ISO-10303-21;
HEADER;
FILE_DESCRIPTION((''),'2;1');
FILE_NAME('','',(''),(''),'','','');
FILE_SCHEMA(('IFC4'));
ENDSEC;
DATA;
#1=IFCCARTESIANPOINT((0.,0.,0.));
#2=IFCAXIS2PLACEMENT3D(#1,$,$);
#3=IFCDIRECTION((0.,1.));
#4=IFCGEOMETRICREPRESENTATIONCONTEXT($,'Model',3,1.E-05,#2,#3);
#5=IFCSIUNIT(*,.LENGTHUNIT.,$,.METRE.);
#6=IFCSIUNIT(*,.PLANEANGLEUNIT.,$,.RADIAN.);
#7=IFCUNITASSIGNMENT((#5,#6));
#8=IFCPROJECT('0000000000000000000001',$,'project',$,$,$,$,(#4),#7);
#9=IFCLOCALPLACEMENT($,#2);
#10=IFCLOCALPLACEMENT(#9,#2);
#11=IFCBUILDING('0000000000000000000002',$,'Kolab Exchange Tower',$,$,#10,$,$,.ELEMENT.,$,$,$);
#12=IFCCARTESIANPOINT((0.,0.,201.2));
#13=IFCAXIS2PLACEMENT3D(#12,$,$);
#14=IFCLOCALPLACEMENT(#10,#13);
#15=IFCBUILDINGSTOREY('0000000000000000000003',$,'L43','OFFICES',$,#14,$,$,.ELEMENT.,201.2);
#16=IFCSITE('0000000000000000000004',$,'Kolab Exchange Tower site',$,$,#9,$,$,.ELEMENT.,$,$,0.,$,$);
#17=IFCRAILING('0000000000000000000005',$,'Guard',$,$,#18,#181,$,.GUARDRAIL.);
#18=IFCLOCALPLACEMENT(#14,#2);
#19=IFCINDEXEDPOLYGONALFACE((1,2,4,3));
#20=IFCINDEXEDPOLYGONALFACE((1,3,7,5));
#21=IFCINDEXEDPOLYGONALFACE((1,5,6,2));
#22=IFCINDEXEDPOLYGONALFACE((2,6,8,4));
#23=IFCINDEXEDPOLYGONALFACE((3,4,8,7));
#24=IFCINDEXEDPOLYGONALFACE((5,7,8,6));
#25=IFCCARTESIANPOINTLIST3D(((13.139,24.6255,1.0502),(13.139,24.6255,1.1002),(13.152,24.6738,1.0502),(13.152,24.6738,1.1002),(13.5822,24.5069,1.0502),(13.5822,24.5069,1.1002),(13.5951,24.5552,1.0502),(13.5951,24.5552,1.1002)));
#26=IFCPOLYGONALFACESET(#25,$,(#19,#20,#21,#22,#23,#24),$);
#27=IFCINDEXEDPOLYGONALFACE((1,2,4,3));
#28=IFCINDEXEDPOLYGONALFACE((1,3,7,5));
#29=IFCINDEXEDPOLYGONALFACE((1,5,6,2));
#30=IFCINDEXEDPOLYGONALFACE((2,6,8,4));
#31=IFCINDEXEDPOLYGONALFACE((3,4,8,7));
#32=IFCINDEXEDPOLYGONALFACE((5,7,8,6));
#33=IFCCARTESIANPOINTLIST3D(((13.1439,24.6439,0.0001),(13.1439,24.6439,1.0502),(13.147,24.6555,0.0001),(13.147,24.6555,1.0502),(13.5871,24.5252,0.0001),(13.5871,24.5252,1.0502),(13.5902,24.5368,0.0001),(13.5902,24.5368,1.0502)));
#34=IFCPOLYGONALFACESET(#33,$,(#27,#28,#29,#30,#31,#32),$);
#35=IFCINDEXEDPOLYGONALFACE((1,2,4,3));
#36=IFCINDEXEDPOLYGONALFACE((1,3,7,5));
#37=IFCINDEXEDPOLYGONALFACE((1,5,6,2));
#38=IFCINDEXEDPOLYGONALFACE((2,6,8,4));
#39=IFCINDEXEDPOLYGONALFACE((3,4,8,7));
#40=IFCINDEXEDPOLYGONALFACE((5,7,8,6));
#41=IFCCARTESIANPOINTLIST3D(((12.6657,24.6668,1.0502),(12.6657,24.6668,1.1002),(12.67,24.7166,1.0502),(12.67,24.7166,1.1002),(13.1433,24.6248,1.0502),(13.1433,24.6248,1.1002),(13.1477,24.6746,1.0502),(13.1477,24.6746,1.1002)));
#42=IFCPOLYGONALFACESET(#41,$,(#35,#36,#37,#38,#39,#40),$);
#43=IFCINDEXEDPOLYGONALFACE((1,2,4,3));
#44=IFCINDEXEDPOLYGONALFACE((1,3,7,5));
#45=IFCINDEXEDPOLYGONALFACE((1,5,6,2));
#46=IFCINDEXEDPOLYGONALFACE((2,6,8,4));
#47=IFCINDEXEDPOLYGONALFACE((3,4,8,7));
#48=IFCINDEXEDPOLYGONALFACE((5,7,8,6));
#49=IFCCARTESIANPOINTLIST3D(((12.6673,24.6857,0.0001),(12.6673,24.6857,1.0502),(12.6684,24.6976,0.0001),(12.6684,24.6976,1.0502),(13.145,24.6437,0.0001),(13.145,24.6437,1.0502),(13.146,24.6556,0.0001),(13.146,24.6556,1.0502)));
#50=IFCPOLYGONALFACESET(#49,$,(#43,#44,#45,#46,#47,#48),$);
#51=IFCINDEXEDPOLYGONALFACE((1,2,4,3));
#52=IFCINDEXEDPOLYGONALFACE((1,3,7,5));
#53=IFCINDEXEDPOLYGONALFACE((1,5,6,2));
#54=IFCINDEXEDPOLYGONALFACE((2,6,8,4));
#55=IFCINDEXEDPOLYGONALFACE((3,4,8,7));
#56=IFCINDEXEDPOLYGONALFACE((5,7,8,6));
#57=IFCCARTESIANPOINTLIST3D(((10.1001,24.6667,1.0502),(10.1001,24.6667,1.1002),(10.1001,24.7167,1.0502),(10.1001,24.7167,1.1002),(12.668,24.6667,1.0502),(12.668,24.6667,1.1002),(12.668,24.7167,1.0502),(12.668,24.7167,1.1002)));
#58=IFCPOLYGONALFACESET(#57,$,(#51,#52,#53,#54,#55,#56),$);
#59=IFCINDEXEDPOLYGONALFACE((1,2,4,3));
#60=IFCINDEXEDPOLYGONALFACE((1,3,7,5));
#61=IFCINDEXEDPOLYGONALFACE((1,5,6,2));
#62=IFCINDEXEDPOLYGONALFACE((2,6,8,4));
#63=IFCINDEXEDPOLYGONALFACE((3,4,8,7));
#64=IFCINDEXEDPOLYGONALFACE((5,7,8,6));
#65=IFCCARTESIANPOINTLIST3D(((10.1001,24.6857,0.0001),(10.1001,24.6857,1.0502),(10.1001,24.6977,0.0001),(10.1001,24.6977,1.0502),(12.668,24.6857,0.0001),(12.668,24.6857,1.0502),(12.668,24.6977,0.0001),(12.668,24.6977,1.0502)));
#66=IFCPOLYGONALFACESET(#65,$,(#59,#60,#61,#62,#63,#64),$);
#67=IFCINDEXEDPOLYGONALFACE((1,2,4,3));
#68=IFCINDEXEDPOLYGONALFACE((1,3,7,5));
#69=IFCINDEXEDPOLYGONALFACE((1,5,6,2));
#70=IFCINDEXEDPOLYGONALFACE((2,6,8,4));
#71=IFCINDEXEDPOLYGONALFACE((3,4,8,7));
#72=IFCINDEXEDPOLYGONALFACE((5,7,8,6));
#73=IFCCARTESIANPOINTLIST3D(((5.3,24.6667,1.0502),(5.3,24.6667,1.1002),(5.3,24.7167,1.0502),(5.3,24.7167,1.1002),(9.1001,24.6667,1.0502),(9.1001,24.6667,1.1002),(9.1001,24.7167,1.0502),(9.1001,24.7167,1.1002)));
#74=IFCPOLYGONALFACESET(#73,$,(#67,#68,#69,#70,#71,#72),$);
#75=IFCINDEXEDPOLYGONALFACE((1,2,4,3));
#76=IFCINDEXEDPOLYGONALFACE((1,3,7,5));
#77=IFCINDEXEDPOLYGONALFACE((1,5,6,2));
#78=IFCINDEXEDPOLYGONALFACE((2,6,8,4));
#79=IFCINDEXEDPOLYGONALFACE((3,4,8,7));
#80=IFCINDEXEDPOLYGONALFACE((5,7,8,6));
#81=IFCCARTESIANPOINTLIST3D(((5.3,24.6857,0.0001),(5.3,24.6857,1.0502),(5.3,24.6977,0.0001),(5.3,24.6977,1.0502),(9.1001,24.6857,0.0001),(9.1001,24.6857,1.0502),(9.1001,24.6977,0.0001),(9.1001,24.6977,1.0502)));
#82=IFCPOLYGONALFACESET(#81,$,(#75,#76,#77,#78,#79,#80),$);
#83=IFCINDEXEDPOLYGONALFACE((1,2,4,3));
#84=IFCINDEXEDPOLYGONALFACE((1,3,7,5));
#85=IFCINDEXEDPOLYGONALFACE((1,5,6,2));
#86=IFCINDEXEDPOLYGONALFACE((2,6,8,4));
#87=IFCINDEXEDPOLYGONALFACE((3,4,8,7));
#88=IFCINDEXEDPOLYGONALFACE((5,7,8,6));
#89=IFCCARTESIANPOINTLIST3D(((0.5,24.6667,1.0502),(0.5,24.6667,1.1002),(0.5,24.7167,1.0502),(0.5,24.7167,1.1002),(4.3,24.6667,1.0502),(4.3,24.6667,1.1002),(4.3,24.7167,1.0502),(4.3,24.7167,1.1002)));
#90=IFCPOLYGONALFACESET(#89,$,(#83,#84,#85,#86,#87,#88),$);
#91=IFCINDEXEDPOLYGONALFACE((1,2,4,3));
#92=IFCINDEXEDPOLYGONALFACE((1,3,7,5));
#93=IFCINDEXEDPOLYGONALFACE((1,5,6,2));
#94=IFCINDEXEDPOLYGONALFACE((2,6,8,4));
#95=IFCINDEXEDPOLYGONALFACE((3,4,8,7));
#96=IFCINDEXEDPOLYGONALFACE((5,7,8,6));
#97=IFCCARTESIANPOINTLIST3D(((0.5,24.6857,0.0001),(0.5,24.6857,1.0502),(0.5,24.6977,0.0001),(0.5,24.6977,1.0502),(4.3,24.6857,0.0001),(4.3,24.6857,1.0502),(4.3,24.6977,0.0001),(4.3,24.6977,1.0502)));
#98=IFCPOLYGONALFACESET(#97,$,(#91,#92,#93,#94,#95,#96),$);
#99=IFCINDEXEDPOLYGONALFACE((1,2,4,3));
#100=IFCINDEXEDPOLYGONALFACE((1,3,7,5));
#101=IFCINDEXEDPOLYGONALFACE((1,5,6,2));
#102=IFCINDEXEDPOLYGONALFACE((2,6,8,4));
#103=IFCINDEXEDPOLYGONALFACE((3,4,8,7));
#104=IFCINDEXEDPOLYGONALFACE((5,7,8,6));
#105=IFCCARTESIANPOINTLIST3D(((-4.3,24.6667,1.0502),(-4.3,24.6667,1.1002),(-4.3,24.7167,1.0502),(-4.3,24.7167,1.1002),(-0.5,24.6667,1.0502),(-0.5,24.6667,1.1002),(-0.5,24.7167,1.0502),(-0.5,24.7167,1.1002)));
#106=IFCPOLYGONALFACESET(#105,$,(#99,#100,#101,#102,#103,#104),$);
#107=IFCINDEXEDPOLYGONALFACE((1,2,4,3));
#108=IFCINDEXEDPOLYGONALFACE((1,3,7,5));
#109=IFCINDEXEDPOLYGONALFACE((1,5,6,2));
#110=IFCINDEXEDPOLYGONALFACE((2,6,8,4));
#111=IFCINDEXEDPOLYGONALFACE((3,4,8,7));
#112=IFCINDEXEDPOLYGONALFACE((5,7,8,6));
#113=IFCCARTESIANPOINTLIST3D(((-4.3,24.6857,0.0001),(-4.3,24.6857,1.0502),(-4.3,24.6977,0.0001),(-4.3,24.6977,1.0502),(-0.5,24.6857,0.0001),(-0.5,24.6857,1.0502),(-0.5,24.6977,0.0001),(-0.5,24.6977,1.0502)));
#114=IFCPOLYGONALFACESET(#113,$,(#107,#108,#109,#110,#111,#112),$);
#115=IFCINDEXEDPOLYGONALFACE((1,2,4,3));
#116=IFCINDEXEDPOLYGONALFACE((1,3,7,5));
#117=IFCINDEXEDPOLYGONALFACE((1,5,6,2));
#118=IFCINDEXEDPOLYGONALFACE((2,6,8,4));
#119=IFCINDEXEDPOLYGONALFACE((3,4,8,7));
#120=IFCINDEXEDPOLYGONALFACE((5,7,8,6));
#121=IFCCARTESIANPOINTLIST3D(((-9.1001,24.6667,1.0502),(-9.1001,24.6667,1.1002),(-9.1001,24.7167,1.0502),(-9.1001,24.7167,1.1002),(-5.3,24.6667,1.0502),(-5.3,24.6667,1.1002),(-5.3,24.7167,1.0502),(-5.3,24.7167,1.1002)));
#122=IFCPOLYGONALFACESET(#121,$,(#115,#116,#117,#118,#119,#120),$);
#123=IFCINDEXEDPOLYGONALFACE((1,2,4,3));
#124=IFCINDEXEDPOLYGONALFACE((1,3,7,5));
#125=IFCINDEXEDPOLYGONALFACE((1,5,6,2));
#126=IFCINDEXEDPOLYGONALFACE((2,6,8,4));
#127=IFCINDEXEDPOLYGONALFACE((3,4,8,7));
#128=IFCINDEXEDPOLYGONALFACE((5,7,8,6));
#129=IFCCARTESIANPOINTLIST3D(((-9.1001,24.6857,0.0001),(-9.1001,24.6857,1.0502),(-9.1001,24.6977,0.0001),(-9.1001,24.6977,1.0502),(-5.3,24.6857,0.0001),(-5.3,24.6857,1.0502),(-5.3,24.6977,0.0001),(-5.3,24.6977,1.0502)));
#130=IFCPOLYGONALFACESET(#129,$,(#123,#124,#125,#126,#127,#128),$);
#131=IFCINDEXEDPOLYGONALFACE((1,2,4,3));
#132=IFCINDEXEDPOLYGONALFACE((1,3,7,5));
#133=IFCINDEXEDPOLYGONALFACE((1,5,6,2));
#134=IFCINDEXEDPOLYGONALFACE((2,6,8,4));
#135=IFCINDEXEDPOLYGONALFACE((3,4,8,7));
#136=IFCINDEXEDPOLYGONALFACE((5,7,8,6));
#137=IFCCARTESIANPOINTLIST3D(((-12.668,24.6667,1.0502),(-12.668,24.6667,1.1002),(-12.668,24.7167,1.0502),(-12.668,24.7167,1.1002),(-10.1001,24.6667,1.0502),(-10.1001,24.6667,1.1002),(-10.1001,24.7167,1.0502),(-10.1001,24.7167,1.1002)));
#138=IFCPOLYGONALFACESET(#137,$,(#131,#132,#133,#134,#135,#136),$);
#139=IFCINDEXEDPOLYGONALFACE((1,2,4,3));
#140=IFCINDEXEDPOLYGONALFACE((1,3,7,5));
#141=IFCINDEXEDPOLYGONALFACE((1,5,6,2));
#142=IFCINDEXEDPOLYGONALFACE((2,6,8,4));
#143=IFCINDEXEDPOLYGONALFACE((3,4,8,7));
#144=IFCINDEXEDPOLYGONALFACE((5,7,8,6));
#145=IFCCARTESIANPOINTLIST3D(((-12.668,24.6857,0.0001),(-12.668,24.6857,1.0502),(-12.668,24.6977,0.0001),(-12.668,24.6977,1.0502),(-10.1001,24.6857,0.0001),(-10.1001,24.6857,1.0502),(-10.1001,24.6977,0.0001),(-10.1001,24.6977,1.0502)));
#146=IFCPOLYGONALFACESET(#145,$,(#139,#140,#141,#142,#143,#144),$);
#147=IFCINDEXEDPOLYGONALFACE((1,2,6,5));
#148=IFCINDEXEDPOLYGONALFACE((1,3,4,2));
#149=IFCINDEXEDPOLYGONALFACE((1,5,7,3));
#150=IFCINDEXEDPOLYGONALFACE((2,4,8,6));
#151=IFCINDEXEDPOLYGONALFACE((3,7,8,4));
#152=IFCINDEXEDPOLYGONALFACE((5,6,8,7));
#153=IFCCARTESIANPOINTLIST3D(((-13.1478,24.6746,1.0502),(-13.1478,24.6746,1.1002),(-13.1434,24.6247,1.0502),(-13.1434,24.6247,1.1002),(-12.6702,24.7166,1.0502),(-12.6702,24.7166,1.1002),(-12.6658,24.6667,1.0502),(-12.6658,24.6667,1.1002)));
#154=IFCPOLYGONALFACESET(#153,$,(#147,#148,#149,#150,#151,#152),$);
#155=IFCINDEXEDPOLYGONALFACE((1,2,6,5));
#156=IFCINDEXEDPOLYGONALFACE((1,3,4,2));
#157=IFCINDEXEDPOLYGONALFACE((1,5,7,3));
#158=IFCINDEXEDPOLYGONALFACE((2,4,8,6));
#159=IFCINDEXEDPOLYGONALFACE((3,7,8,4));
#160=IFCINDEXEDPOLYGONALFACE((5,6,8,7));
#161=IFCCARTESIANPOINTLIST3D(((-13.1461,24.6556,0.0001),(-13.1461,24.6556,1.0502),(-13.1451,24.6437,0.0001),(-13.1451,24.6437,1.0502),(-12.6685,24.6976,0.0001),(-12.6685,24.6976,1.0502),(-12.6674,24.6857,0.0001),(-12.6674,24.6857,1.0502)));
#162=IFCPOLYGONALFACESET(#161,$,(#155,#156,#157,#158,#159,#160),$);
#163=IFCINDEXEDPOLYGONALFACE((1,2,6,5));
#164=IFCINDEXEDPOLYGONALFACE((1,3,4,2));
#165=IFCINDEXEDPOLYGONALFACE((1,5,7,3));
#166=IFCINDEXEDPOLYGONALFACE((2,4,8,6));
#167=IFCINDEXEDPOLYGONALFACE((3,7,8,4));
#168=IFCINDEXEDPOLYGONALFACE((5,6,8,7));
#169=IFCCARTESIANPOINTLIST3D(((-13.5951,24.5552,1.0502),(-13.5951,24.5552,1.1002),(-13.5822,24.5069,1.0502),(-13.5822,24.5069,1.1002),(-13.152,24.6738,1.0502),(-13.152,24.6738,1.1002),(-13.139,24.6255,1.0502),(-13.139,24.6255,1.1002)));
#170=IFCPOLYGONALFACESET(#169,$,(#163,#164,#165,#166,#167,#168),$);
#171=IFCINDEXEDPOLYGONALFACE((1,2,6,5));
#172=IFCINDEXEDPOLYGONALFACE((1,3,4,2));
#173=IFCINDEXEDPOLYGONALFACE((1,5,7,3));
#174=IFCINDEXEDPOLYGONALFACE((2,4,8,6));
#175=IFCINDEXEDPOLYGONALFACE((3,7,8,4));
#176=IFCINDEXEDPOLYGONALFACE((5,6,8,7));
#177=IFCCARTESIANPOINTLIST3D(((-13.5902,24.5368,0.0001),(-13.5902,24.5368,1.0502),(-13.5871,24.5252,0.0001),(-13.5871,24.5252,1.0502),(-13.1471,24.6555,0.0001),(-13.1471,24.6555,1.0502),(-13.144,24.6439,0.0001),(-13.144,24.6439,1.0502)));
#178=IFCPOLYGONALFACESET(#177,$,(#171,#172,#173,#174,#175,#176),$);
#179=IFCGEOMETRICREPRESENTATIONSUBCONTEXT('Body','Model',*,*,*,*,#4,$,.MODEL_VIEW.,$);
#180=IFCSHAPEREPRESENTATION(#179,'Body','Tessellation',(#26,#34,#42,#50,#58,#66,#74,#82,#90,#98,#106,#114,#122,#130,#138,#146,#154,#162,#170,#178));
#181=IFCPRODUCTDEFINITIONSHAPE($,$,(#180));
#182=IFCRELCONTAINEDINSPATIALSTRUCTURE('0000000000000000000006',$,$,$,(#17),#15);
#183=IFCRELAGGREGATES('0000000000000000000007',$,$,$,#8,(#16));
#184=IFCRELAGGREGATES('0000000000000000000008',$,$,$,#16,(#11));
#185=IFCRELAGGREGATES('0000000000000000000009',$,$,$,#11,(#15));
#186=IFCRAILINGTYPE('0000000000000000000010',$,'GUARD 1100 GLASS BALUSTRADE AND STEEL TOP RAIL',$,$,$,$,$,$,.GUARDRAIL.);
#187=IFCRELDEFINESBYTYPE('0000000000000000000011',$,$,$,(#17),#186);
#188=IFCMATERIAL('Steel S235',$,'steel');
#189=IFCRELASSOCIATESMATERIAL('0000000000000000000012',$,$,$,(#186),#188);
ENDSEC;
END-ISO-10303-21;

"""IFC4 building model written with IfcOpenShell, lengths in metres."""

from ifc_helpers import new_model, si_unit, direction, frame, frame_2d, origin, origin_2d, place, context, subcontext, project, spatial, rectangle, extrude, material, type_object, element, save


model = new_model("IFC4")

# Units and contexts
model_context = context("Model", 3, precision=1e-05, world=origin(), true_north=direction((0.0, 1.0)))
body_context = subcontext(model_context, "Body", "Model", "MODEL_VIEW")
ifc_project = project(units=[si_unit("LENGTHUNIT", "METRE"), si_unit("PLANEANGLEUNIT", "RADIAN")], contexts=[model_context])

# Site, building, storey
site_placement = place(None, origin())
site = spatial("IfcSite", under=ifc_project, at=site_placement, Name="Kolab Exchange Tower site", CompositionType="ELEMENT", RefElevation=0.0)
building_placement = place(site_placement, origin())
building = spatial("IfcBuilding", under=site, at=building_placement, Name="Kolab Exchange Tower", CompositionType="ELEMENT")
storey_placement = place(building_placement, frame((0.0, 0.0, 201.2)))
storey = spatial("IfcBuildingStorey", under=building, at=storey_placement, Name="L43", Description="OFFICES", CompositionType="ELEMENT", Elevation=201.2)

# Railing
ifc_material_1 = material(Name="Steel S235", Category="steel")
railing_type = type_object("IfcRailingType", Name="GUARD 1100 GLASS BALUSTRADE AND STEEL TOP RAIL", PredefinedType="GUARDRAIL", material=ifc_material_1)
railing_placement = place(storey_placement, frame((13.5886, 24.531, 0.0)))
element("IfcRailing", 1, at=railing_placement, inside=storey, type_object=railing_type, Name="Guard", PredefinedType="GUARDRAIL", context=body_context, shape_type="SweptSolid", body=[
    extrude(rectangle(XDim=0.05, YDim=0.05, at=origin_2d()), frame((0.0, 0.0, 1.0752), z_axis=(-0.965969, 0.258656, 0.0), x_axis=(-0.258656, -0.965969, 0.0)), (0.0, 0.0, 1.0), 0.4587),
    extrude(rectangle(XDim=0.012, YDim=1.0501, at=frame_2d((0.0, 0.5251))), frame((0.0, 0.0, 0.0), z_axis=(-0.965969, 0.258656, 0.0), x_axis=(-0.258656, -0.965969, 0.0)), (0.0, 0.0, 1.0), 0.4587),
    extrude(rectangle(XDim=0.05, YDim=0.05, at=origin_2d()), frame((-0.4431, 0.1187, 1.0752), z_axis=(-0.996156, 0.087597, 0.0), x_axis=(-0.087597, -0.996156, 0.0)), (0.0, 0.0, 1.0), 0.4795),
    extrude(rectangle(XDim=0.012, YDim=1.0501, at=frame_2d((0.0, 0.5251))), frame((-0.4431, 0.1187, 0.0), z_axis=(-0.996156, 0.087597, 0.0), x_axis=(-0.087597, -0.996156, 0.0)), (0.0, 0.0, 1.0), 0.4795),
    extrude(rectangle(XDim=0.05, YDim=0.05, at=origin_2d()), frame((-0.9207, 0.1606, 1.0752), z_axis=(-1.0, 0.0, 0.0), x_axis=(0.0, -1.0, 0.0)), (0.0, 0.0, 1.0), 2.5679),
    extrude(rectangle(XDim=0.012, YDim=1.0501, at=frame_2d((0.0, 0.5251))), frame((-0.9207, 0.1606, 0.0), z_axis=(-1.0, 0.0, 0.0), x_axis=(0.0, -1.0, 0.0)), (0.0, 0.0, 1.0), 2.5679),
    extrude(rectangle(XDim=0.05, YDim=0.05, at=origin_2d()), frame((-4.4885, 0.1606, 1.0752), z_axis=(-1.0, 0.0, 0.0), x_axis=(0.0, -1.0, 0.0)), (0.0, 0.0, 1.0), 3.8),
    extrude(rectangle(XDim=0.012, YDim=1.0501, at=frame_2d((0.0, 0.5251))), frame((-4.4885, 0.1606, 0.0), z_axis=(-1.0, 0.0, 0.0), x_axis=(0.0, -1.0, 0.0)), (0.0, 0.0, 1.0), 3.8),
    extrude(rectangle(XDim=0.05, YDim=0.05, at=origin_2d()), frame((-9.2886, 0.1606, 1.0752), z_axis=(-1.0, 0.0, 0.0), x_axis=(0.0, -1.0, 0.0)), (0.0, 0.0, 1.0), 3.8),
    extrude(rectangle(XDim=0.012, YDim=1.0501, at=frame_2d((0.0, 0.5251))), frame((-9.2886, 0.1606, 0.0), z_axis=(-1.0, 0.0, 0.0), x_axis=(0.0, -1.0, 0.0)), (0.0, 0.0, 1.0), 3.8),
    extrude(rectangle(XDim=0.05, YDim=0.05, at=origin_2d()), frame((-14.0886, 0.1606, 1.0752), z_axis=(-1.0, 0.0, 0.0), x_axis=(0.0, -1.0, 0.0)), (0.0, 0.0, 1.0), 3.8),
    extrude(rectangle(XDim=0.012, YDim=1.0501, at=frame_2d((0.0, 0.5251))), frame((-14.0886, 0.1606, 0.0), z_axis=(-1.0, 0.0, 0.0), x_axis=(0.0, -1.0, 0.0)), (0.0, 0.0, 1.0), 3.8),
    extrude(rectangle(XDim=0.05, YDim=0.05, at=origin_2d()), frame((-18.8887, 0.1606, 1.0752), z_axis=(-1.0, 0.0, 0.0), x_axis=(0.0, -1.0, 0.0)), (0.0, 0.0, 1.0), 3.8),
    extrude(rectangle(XDim=0.012, YDim=1.0501, at=frame_2d((0.0, 0.5251))), frame((-18.8887, 0.1606, 0.0), z_axis=(-1.0, 0.0, 0.0), x_axis=(0.0, -1.0, 0.0)), (0.0, 0.0, 1.0), 3.8),
    extrude(rectangle(XDim=0.05, YDim=0.05, at=origin_2d()), frame((-23.6887, 0.1606, 1.0752), z_axis=(-1.0, 0.0, 0.0), x_axis=(0.0, -1.0, 0.0)), (0.0, 0.0, 1.0), 2.5679),
    extrude(rectangle(XDim=0.012, YDim=1.0501, at=frame_2d((0.0, 0.5251))), frame((-23.6887, 0.1606, 0.0), z_axis=(-1.0, 0.0, 0.0), x_axis=(0.0, -1.0, 0.0)), (0.0, 0.0, 1.0), 2.5679),
    extrude(rectangle(XDim=0.05, YDim=0.05, at=origin_2d()), frame((-26.2566, 0.1606, 1.0752), z_axis=(-0.996156, -0.087597, 0.0), x_axis=(0.087597, -0.996156, 0.0)), (0.0, 0.0, 1.0), 0.4795),
    extrude(rectangle(XDim=0.012, YDim=1.0501, at=frame_2d((0.0, 0.5251))), frame((-26.2566, 0.1606, 0.0), z_axis=(-0.996156, -0.087597, 0.0), x_axis=(0.087597, -0.996156, 0.0)), (0.0, 0.0, 1.0), 0.4795),
    extrude(rectangle(XDim=0.05, YDim=0.05, at=origin_2d()), frame((-26.7341, 0.1187, 1.0752), z_axis=(-0.965969, -0.258656, 0.0), x_axis=(0.258656, -0.965969, 0.0)), (0.0, 0.0, 1.0), 0.4587),
    extrude(rectangle(XDim=0.012, YDim=1.0501, at=frame_2d((0.0, 0.5251))), frame((-26.7341, 0.1187, 0.0), z_axis=(-0.965969, -0.258656, 0.0), x_axis=(0.258656, -0.965969, 0.0)), (0.0, 0.0, 1.0), 0.4587),
])

save(model, "model.ifc")
